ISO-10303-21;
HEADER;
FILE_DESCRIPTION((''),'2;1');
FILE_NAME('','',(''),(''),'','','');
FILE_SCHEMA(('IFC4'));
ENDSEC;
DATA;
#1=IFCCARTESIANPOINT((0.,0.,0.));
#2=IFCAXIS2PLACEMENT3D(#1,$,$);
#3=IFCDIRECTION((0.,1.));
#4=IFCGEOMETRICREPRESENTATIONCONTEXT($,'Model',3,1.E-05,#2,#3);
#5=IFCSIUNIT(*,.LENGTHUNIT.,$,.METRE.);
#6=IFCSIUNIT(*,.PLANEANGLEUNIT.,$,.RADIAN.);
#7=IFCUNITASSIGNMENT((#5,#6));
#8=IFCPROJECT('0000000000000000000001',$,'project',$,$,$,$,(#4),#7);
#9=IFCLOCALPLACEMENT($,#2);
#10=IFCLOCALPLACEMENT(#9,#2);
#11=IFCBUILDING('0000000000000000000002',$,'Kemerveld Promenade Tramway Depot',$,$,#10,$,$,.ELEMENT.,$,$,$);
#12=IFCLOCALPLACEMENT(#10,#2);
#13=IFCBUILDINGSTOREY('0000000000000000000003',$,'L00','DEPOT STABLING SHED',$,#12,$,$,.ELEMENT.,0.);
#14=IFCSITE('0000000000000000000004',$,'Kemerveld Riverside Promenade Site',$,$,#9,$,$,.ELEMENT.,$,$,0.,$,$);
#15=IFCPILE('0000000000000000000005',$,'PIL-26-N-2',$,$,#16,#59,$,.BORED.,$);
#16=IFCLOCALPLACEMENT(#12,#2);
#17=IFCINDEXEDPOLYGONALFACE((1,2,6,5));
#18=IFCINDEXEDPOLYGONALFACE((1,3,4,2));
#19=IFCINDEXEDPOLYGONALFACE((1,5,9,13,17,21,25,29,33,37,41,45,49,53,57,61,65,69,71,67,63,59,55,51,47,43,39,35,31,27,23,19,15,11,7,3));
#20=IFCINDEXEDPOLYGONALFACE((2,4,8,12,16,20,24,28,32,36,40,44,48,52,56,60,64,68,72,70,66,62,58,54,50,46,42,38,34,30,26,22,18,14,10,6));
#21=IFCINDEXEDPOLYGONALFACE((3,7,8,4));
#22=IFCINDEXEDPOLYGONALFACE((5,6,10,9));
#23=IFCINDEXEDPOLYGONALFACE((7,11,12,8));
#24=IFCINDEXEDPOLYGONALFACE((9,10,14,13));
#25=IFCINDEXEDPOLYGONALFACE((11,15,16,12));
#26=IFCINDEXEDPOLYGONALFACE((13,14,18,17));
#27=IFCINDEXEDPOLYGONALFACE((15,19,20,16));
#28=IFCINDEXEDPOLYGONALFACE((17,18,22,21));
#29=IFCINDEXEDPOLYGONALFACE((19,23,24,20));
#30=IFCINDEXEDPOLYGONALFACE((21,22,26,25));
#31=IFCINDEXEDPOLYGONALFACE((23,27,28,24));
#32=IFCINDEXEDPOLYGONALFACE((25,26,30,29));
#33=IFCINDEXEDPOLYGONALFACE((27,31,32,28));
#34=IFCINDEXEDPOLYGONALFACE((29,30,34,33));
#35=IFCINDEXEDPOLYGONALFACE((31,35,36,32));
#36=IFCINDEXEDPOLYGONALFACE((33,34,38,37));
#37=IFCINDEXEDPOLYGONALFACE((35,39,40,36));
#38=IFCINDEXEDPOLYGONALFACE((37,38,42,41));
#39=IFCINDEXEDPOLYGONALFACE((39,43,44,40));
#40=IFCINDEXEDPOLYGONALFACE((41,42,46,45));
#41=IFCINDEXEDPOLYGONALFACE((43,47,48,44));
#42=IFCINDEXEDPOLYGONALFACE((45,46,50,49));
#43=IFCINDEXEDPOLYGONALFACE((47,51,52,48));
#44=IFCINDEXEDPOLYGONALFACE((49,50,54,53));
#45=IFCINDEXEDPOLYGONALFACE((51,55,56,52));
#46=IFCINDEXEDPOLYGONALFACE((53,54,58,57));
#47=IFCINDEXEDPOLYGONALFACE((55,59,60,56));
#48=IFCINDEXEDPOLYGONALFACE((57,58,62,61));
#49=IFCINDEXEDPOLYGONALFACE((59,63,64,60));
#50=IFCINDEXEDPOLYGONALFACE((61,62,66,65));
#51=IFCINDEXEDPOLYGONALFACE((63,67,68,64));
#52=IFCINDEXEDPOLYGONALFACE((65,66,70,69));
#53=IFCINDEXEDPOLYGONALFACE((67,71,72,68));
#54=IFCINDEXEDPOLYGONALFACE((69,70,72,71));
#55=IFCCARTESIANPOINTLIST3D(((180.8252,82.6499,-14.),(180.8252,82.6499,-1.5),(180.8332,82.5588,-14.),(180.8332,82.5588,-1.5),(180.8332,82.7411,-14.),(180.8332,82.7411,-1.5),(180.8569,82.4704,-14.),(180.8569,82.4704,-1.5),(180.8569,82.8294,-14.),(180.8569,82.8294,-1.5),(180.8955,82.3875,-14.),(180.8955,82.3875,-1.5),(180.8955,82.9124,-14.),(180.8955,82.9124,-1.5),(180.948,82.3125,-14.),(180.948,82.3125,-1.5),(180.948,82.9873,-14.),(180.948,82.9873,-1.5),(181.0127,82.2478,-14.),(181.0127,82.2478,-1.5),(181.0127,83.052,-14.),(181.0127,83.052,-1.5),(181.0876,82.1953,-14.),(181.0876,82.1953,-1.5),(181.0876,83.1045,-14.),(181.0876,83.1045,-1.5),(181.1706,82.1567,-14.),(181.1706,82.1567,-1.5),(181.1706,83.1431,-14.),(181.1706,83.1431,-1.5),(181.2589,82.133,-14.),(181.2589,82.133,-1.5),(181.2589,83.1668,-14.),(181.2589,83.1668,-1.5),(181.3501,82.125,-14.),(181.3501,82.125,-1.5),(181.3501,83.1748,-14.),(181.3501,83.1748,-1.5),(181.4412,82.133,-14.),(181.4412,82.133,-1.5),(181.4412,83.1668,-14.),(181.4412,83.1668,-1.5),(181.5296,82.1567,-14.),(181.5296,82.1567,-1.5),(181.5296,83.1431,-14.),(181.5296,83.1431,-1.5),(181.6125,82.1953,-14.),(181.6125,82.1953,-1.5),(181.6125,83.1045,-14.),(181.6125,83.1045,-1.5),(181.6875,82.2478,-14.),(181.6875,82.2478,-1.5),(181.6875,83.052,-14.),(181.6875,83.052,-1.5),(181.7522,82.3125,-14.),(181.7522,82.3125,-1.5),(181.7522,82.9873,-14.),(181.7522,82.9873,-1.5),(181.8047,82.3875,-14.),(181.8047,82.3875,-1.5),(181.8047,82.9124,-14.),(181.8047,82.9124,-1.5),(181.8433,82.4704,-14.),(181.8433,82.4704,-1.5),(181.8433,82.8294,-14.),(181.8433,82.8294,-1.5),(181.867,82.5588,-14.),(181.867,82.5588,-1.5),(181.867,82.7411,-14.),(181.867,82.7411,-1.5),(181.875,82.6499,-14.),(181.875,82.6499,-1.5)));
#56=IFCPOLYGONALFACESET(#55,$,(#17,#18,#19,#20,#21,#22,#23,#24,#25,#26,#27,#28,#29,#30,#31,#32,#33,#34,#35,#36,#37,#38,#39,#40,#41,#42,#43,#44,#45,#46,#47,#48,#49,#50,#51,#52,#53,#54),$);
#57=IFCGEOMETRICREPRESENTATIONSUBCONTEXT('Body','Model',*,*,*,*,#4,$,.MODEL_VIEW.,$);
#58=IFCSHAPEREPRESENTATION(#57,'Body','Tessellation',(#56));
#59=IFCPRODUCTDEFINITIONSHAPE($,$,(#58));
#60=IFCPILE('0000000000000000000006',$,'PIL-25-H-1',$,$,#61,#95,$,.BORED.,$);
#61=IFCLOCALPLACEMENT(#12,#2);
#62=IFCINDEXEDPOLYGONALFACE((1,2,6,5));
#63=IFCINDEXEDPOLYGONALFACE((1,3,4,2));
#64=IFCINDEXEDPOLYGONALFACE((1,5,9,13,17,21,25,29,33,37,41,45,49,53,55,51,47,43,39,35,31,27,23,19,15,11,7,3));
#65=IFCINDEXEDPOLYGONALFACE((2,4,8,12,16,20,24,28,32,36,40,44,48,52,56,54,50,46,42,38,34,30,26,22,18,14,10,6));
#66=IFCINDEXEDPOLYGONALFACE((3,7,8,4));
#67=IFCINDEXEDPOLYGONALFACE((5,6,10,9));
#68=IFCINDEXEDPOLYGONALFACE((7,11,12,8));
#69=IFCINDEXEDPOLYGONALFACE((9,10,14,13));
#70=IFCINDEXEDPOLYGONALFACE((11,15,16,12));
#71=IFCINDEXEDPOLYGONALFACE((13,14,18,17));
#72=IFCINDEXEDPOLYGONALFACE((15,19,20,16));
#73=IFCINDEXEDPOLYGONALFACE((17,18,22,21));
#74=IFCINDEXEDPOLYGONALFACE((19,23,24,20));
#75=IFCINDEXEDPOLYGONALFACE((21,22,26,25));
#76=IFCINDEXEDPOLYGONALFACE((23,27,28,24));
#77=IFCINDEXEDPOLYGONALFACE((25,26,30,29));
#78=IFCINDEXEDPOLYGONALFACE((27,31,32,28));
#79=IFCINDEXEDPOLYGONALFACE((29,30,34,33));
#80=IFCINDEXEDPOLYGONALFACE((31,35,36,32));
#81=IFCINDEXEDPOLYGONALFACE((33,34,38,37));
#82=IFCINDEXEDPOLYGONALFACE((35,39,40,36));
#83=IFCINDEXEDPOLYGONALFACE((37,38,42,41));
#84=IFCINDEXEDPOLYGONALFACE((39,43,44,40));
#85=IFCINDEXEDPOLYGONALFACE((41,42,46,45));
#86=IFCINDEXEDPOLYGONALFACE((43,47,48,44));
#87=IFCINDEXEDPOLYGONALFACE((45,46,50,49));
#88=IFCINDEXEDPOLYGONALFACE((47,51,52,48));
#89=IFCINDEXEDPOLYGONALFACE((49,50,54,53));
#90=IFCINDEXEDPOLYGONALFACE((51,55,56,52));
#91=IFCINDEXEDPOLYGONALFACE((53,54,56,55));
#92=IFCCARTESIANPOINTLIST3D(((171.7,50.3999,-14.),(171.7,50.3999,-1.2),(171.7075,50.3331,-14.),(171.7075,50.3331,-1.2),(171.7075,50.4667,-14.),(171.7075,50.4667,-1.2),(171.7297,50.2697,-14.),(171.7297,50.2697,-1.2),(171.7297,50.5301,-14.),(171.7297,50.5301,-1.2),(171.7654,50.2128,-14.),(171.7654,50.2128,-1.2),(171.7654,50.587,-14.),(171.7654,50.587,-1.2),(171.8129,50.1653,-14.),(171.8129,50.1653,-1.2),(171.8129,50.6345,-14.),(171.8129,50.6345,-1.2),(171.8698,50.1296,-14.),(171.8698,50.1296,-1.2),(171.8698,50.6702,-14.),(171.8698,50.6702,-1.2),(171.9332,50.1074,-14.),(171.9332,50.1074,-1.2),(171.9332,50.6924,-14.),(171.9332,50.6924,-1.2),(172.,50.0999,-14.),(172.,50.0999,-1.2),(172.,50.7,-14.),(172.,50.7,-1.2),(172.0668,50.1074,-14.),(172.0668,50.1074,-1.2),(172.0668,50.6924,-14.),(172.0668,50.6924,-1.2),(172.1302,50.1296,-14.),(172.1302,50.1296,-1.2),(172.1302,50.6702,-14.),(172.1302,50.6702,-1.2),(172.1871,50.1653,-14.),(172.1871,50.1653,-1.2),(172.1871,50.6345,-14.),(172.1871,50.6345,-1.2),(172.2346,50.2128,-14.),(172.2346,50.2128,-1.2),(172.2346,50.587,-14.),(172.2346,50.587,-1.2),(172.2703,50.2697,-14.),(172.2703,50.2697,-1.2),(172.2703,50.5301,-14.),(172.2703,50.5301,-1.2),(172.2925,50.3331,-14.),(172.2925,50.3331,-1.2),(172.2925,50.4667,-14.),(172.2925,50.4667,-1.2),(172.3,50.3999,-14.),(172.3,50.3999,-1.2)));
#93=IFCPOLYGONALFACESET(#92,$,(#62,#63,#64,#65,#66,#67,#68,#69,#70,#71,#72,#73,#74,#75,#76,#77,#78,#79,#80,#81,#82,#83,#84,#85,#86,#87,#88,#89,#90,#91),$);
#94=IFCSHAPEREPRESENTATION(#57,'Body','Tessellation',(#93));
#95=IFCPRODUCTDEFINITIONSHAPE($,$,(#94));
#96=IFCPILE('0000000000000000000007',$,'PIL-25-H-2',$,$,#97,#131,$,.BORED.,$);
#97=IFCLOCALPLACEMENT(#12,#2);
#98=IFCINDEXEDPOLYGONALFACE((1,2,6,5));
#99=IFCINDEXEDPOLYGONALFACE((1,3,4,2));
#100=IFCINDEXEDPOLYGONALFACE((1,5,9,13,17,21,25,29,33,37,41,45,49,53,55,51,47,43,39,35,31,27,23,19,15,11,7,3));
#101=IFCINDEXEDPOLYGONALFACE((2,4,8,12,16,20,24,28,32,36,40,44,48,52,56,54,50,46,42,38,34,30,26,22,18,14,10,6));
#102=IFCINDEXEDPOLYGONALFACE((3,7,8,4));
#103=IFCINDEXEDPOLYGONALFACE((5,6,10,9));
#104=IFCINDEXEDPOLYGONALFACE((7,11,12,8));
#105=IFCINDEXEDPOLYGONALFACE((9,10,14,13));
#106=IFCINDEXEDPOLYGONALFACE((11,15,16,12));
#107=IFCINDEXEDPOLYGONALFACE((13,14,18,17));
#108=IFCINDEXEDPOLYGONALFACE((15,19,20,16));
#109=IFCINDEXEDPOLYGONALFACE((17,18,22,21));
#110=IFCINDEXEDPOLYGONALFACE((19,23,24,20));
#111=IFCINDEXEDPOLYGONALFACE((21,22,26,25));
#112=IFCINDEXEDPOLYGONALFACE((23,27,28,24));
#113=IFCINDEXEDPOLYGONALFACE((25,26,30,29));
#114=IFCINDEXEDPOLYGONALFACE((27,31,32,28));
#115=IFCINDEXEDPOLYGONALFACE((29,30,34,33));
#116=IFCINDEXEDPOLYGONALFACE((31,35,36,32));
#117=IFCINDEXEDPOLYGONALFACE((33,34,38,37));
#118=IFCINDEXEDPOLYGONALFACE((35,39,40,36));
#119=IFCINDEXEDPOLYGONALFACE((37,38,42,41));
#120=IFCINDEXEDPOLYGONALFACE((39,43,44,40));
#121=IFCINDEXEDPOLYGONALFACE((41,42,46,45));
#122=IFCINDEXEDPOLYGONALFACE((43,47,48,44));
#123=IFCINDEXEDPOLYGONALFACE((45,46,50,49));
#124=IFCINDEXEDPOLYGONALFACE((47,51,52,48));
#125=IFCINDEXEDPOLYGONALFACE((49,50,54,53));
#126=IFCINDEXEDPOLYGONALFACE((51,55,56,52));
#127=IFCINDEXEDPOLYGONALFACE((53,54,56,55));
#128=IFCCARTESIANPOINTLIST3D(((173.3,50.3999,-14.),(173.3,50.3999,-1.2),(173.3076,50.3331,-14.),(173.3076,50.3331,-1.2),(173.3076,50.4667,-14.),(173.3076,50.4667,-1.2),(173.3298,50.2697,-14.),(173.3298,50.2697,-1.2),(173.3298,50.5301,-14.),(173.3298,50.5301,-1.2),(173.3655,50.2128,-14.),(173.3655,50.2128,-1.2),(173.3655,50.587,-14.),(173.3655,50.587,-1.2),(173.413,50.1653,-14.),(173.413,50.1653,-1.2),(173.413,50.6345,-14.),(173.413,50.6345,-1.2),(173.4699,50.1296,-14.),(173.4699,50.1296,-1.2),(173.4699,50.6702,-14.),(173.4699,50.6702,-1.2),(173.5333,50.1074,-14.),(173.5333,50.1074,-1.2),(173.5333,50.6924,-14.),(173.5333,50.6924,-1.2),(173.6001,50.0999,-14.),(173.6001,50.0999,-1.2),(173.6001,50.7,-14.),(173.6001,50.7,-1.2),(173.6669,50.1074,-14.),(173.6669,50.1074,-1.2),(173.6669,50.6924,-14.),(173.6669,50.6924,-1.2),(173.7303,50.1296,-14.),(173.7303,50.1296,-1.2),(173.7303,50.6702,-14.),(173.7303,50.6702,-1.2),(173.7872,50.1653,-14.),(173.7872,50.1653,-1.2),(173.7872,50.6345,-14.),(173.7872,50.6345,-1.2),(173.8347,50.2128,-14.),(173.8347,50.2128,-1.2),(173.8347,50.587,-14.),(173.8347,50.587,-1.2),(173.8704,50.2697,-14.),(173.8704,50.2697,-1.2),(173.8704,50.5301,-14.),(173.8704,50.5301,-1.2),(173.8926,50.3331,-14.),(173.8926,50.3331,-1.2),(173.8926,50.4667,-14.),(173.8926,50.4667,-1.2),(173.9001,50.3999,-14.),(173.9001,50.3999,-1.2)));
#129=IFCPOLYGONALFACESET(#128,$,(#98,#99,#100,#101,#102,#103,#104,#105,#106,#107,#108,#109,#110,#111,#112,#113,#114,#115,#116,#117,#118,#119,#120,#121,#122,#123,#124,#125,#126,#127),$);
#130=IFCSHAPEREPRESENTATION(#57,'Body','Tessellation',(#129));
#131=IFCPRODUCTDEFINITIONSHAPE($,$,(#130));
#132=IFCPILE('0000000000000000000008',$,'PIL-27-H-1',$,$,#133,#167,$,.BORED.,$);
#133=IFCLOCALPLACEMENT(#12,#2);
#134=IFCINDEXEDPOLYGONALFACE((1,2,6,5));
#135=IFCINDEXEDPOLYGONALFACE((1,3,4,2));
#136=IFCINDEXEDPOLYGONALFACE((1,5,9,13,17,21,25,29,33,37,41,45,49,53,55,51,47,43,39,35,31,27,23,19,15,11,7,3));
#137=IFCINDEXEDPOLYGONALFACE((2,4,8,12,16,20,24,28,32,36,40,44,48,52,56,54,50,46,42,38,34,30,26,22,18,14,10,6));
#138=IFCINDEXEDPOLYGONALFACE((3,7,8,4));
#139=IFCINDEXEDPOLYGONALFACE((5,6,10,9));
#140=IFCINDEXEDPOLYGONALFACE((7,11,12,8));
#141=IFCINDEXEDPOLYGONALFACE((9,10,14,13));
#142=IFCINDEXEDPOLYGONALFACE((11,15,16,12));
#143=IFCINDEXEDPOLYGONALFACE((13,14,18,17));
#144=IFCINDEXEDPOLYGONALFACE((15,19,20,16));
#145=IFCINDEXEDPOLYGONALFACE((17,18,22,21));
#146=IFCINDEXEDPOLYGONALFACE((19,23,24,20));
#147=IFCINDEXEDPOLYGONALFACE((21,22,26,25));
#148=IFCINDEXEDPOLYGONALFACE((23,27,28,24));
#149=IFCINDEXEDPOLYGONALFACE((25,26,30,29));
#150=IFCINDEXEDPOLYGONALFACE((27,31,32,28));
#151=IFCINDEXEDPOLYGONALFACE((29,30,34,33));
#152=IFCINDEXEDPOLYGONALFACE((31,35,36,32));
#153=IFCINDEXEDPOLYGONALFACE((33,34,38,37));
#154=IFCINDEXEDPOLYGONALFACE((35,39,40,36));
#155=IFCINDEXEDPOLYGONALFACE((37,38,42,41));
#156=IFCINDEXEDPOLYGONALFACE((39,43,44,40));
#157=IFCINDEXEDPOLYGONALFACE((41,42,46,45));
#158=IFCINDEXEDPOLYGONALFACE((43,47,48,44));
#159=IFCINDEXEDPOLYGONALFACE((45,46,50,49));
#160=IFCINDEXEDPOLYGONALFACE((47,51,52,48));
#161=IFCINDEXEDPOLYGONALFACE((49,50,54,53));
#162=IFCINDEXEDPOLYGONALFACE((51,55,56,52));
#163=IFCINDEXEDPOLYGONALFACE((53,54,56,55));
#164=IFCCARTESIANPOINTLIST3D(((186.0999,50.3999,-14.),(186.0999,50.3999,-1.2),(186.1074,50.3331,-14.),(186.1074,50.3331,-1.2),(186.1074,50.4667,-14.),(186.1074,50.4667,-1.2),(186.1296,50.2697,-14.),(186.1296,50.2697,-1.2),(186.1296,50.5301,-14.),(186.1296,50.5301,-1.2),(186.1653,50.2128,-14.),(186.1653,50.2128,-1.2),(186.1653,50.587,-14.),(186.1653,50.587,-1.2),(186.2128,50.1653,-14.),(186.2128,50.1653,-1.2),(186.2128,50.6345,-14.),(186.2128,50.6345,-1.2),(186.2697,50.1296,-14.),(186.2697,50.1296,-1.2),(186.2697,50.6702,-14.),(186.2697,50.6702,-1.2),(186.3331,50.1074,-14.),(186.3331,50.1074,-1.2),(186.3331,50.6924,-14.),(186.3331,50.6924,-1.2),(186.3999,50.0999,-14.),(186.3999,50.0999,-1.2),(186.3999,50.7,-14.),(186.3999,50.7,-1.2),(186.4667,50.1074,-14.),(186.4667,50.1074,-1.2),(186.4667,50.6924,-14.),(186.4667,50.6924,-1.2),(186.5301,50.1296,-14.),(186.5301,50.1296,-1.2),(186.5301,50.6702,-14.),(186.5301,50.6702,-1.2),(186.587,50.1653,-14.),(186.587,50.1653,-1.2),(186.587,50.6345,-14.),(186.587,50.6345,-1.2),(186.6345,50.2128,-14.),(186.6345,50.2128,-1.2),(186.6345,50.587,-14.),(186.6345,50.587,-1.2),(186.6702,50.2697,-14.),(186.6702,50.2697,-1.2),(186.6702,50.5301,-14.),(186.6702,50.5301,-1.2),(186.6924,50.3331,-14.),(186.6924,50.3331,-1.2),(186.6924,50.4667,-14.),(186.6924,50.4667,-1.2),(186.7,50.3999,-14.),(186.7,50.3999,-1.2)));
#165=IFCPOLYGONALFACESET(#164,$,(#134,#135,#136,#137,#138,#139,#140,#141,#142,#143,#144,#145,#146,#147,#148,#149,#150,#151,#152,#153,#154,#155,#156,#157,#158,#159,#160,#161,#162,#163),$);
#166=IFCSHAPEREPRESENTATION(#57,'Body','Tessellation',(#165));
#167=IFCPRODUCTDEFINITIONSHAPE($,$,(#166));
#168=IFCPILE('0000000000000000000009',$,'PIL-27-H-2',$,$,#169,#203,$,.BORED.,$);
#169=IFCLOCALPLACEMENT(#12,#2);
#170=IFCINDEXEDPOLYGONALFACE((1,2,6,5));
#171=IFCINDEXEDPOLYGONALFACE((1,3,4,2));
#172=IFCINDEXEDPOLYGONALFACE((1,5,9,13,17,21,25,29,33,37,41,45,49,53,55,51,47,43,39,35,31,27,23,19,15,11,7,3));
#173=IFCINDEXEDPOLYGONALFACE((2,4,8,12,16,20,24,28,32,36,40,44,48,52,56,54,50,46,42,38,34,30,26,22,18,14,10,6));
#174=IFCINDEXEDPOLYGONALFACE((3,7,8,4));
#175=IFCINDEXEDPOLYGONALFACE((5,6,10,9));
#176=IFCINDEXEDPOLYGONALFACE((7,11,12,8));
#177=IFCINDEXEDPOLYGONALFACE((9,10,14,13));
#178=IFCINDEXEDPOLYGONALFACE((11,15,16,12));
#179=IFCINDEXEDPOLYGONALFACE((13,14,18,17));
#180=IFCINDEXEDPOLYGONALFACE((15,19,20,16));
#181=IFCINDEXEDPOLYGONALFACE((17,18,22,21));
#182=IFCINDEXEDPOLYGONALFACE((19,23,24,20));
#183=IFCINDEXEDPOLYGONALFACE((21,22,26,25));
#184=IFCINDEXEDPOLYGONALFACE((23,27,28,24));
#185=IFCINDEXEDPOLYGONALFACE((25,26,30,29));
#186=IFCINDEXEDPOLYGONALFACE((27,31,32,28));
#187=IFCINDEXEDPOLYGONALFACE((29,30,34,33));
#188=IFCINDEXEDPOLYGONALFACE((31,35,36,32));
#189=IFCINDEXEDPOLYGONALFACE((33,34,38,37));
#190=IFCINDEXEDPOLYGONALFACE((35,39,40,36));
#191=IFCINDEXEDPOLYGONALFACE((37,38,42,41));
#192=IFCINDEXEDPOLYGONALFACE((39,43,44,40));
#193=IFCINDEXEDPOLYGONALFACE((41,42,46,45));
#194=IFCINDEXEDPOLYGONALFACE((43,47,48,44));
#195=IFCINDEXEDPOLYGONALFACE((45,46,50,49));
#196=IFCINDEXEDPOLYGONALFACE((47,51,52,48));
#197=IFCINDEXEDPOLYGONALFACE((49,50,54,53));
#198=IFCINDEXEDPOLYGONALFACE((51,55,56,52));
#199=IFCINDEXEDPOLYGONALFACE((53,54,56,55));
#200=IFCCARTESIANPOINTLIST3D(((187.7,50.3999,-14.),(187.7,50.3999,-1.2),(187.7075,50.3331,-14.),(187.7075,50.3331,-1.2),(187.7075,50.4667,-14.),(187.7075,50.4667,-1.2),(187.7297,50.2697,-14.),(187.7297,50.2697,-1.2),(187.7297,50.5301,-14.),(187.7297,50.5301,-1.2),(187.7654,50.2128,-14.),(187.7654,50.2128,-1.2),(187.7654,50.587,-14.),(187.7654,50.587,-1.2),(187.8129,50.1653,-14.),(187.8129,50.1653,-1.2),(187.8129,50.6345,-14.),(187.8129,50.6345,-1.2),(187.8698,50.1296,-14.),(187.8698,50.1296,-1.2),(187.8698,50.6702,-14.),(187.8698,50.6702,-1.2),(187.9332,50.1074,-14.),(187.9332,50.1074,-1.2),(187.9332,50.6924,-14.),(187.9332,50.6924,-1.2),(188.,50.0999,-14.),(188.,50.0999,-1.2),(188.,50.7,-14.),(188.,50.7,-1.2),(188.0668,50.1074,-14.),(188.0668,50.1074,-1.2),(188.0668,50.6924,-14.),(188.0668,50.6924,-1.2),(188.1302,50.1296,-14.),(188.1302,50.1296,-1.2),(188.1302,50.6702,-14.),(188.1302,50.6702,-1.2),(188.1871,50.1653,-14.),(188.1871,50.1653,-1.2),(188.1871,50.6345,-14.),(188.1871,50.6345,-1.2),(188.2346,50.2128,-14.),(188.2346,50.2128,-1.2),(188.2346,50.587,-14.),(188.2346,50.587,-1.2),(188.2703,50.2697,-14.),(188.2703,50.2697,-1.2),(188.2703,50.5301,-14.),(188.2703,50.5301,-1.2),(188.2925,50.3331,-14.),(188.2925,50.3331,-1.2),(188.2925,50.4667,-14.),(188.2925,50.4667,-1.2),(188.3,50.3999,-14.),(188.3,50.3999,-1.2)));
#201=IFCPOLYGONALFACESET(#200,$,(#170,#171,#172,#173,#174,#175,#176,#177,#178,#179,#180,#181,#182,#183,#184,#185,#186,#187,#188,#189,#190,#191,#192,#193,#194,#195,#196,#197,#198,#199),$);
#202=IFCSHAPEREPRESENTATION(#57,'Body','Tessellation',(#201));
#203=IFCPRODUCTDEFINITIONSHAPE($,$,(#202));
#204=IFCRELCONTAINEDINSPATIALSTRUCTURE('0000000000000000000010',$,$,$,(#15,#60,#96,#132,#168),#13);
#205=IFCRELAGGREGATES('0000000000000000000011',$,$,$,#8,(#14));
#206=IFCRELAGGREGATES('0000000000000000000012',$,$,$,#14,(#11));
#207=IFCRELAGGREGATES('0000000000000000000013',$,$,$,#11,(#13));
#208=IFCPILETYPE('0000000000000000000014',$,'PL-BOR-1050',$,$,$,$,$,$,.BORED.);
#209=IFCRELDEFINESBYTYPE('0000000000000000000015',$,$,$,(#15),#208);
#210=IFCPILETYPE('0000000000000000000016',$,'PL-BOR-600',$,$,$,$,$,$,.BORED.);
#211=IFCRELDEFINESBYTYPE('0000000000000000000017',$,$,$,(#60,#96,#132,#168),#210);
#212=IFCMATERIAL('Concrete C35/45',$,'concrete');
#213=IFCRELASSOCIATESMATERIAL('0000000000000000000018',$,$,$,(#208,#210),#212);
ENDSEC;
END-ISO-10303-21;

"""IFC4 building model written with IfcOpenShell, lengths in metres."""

from ifc_helpers import new_model, si_unit, direction, frame, origin, origin_2d, place, context, subcontext, project, spatial, circle, extrude, material, material_profile, profile_set, type_object, element, save


model = new_model("IFC4")

# Units and contexts
model_context = context("Model", 3, precision=1e-05, world=origin(), true_north=direction((0.0, 1.0)))
body_context = subcontext(model_context, "Body", "Model", "MODEL_VIEW")
ifc_project = project(units=[si_unit("LENGTHUNIT", "METRE"), si_unit("PLANEANGLEUNIT", "RADIAN")], contexts=[model_context])

# Site, building, storey
site_placement = place(None, origin())
site = spatial("IfcSite", under=ifc_project, at=site_placement, Name="Kemerveld Riverside Promenade Site", CompositionType="ELEMENT", RefElevation=0.0)
building_placement = place(site_placement, origin())
building = spatial("IfcBuilding", under=site, at=building_placement, Name="Kemerveld Promenade Tramway Depot", CompositionType="ELEMENT")
storey_placement = place(building_placement, origin())
storey = spatial("IfcBuildingStorey", under=building, at=storey_placement, Name="L00", Description="DEPOT STABLING SHED", CompositionType="ELEMENT", Elevation=0.0)

# Shared definitions
ifc_material_1 = material(Name="Concrete C35/45", Category="concrete")

# Piles
ifc_material_profile_1 = material_profile(ifc_material_1, circle(Radius=0.5249, at=origin_2d()), Name="PILE-D1050")
ifc_profile_set_1 = profile_set([ifc_material_profile_1], Name="Concrete C35/45")
pile_type_1 = type_object("IfcPileType", Name="PL-BOR-1050", PredefinedType="BORED", material=ifc_profile_set_1)
for number, where, z_axis, x_axis, name in (
    (1, (181.3501, 82.6499, -1.5), (0.0, 0.0, -1.0), (1.0, 0.0, 0.0), "PIL-26-N-2"),
):
    element("IfcPile", number, at=place(storey_placement, frame(where, z_axis=z_axis, x_axis=x_axis)), inside=storey, type_object=pile_type_1, Name=name, PredefinedType="BORED", context=body_context, shape_type="SweptSolid", body=[
        extrude(circle(Radius=0.5249, at=origin_2d()), origin(), (0.0, 0.0, 1.0), 12.5),
    ])
ifc_material_profile_2 = material_profile(ifc_material_1, circle(Radius=0.3, at=origin_2d()), Name="PILE-D600")
ifc_profile_set_2 = profile_set([ifc_material_profile_2], Name="Concrete C35/45")
pile_type_2 = type_object("IfcPileType", Name="PL-BOR-600", PredefinedType="BORED", material=ifc_profile_set_2)
for number, where, z_axis, x_axis, name in (
    (2, (172.0, 50.3999, -1.2), (0.0, 0.0, -1.0), (1.0, 0.0, 0.0), "PIL-25-H-1"),
    (3, (173.6001, 50.3999, -1.2), (0.0, 0.0, -1.0), (1.0, 0.0, 0.0), "PIL-25-H-2"),
    (4, (186.3999, 50.3999, -1.2), (0.0, 0.0, -1.0), (1.0, 0.0, 0.0), "PIL-27-H-1"),
    (5, (188.0, 50.3999, -1.2), (0.0, 0.0, -1.0), (1.0, 0.0, 0.0), "PIL-27-H-2"),
):
    element("IfcPile", number, at=place(storey_placement, frame(where, z_axis=z_axis, x_axis=x_axis)), inside=storey, type_object=pile_type_2, Name=name, PredefinedType="BORED", context=body_context, shape_type="SweptSolid", body=[
        extrude(circle(Radius=0.3, at=origin_2d()), origin(), (0.0, 0.0, 1.0), 12.8),
    ])

save(model, "model.ifc")
